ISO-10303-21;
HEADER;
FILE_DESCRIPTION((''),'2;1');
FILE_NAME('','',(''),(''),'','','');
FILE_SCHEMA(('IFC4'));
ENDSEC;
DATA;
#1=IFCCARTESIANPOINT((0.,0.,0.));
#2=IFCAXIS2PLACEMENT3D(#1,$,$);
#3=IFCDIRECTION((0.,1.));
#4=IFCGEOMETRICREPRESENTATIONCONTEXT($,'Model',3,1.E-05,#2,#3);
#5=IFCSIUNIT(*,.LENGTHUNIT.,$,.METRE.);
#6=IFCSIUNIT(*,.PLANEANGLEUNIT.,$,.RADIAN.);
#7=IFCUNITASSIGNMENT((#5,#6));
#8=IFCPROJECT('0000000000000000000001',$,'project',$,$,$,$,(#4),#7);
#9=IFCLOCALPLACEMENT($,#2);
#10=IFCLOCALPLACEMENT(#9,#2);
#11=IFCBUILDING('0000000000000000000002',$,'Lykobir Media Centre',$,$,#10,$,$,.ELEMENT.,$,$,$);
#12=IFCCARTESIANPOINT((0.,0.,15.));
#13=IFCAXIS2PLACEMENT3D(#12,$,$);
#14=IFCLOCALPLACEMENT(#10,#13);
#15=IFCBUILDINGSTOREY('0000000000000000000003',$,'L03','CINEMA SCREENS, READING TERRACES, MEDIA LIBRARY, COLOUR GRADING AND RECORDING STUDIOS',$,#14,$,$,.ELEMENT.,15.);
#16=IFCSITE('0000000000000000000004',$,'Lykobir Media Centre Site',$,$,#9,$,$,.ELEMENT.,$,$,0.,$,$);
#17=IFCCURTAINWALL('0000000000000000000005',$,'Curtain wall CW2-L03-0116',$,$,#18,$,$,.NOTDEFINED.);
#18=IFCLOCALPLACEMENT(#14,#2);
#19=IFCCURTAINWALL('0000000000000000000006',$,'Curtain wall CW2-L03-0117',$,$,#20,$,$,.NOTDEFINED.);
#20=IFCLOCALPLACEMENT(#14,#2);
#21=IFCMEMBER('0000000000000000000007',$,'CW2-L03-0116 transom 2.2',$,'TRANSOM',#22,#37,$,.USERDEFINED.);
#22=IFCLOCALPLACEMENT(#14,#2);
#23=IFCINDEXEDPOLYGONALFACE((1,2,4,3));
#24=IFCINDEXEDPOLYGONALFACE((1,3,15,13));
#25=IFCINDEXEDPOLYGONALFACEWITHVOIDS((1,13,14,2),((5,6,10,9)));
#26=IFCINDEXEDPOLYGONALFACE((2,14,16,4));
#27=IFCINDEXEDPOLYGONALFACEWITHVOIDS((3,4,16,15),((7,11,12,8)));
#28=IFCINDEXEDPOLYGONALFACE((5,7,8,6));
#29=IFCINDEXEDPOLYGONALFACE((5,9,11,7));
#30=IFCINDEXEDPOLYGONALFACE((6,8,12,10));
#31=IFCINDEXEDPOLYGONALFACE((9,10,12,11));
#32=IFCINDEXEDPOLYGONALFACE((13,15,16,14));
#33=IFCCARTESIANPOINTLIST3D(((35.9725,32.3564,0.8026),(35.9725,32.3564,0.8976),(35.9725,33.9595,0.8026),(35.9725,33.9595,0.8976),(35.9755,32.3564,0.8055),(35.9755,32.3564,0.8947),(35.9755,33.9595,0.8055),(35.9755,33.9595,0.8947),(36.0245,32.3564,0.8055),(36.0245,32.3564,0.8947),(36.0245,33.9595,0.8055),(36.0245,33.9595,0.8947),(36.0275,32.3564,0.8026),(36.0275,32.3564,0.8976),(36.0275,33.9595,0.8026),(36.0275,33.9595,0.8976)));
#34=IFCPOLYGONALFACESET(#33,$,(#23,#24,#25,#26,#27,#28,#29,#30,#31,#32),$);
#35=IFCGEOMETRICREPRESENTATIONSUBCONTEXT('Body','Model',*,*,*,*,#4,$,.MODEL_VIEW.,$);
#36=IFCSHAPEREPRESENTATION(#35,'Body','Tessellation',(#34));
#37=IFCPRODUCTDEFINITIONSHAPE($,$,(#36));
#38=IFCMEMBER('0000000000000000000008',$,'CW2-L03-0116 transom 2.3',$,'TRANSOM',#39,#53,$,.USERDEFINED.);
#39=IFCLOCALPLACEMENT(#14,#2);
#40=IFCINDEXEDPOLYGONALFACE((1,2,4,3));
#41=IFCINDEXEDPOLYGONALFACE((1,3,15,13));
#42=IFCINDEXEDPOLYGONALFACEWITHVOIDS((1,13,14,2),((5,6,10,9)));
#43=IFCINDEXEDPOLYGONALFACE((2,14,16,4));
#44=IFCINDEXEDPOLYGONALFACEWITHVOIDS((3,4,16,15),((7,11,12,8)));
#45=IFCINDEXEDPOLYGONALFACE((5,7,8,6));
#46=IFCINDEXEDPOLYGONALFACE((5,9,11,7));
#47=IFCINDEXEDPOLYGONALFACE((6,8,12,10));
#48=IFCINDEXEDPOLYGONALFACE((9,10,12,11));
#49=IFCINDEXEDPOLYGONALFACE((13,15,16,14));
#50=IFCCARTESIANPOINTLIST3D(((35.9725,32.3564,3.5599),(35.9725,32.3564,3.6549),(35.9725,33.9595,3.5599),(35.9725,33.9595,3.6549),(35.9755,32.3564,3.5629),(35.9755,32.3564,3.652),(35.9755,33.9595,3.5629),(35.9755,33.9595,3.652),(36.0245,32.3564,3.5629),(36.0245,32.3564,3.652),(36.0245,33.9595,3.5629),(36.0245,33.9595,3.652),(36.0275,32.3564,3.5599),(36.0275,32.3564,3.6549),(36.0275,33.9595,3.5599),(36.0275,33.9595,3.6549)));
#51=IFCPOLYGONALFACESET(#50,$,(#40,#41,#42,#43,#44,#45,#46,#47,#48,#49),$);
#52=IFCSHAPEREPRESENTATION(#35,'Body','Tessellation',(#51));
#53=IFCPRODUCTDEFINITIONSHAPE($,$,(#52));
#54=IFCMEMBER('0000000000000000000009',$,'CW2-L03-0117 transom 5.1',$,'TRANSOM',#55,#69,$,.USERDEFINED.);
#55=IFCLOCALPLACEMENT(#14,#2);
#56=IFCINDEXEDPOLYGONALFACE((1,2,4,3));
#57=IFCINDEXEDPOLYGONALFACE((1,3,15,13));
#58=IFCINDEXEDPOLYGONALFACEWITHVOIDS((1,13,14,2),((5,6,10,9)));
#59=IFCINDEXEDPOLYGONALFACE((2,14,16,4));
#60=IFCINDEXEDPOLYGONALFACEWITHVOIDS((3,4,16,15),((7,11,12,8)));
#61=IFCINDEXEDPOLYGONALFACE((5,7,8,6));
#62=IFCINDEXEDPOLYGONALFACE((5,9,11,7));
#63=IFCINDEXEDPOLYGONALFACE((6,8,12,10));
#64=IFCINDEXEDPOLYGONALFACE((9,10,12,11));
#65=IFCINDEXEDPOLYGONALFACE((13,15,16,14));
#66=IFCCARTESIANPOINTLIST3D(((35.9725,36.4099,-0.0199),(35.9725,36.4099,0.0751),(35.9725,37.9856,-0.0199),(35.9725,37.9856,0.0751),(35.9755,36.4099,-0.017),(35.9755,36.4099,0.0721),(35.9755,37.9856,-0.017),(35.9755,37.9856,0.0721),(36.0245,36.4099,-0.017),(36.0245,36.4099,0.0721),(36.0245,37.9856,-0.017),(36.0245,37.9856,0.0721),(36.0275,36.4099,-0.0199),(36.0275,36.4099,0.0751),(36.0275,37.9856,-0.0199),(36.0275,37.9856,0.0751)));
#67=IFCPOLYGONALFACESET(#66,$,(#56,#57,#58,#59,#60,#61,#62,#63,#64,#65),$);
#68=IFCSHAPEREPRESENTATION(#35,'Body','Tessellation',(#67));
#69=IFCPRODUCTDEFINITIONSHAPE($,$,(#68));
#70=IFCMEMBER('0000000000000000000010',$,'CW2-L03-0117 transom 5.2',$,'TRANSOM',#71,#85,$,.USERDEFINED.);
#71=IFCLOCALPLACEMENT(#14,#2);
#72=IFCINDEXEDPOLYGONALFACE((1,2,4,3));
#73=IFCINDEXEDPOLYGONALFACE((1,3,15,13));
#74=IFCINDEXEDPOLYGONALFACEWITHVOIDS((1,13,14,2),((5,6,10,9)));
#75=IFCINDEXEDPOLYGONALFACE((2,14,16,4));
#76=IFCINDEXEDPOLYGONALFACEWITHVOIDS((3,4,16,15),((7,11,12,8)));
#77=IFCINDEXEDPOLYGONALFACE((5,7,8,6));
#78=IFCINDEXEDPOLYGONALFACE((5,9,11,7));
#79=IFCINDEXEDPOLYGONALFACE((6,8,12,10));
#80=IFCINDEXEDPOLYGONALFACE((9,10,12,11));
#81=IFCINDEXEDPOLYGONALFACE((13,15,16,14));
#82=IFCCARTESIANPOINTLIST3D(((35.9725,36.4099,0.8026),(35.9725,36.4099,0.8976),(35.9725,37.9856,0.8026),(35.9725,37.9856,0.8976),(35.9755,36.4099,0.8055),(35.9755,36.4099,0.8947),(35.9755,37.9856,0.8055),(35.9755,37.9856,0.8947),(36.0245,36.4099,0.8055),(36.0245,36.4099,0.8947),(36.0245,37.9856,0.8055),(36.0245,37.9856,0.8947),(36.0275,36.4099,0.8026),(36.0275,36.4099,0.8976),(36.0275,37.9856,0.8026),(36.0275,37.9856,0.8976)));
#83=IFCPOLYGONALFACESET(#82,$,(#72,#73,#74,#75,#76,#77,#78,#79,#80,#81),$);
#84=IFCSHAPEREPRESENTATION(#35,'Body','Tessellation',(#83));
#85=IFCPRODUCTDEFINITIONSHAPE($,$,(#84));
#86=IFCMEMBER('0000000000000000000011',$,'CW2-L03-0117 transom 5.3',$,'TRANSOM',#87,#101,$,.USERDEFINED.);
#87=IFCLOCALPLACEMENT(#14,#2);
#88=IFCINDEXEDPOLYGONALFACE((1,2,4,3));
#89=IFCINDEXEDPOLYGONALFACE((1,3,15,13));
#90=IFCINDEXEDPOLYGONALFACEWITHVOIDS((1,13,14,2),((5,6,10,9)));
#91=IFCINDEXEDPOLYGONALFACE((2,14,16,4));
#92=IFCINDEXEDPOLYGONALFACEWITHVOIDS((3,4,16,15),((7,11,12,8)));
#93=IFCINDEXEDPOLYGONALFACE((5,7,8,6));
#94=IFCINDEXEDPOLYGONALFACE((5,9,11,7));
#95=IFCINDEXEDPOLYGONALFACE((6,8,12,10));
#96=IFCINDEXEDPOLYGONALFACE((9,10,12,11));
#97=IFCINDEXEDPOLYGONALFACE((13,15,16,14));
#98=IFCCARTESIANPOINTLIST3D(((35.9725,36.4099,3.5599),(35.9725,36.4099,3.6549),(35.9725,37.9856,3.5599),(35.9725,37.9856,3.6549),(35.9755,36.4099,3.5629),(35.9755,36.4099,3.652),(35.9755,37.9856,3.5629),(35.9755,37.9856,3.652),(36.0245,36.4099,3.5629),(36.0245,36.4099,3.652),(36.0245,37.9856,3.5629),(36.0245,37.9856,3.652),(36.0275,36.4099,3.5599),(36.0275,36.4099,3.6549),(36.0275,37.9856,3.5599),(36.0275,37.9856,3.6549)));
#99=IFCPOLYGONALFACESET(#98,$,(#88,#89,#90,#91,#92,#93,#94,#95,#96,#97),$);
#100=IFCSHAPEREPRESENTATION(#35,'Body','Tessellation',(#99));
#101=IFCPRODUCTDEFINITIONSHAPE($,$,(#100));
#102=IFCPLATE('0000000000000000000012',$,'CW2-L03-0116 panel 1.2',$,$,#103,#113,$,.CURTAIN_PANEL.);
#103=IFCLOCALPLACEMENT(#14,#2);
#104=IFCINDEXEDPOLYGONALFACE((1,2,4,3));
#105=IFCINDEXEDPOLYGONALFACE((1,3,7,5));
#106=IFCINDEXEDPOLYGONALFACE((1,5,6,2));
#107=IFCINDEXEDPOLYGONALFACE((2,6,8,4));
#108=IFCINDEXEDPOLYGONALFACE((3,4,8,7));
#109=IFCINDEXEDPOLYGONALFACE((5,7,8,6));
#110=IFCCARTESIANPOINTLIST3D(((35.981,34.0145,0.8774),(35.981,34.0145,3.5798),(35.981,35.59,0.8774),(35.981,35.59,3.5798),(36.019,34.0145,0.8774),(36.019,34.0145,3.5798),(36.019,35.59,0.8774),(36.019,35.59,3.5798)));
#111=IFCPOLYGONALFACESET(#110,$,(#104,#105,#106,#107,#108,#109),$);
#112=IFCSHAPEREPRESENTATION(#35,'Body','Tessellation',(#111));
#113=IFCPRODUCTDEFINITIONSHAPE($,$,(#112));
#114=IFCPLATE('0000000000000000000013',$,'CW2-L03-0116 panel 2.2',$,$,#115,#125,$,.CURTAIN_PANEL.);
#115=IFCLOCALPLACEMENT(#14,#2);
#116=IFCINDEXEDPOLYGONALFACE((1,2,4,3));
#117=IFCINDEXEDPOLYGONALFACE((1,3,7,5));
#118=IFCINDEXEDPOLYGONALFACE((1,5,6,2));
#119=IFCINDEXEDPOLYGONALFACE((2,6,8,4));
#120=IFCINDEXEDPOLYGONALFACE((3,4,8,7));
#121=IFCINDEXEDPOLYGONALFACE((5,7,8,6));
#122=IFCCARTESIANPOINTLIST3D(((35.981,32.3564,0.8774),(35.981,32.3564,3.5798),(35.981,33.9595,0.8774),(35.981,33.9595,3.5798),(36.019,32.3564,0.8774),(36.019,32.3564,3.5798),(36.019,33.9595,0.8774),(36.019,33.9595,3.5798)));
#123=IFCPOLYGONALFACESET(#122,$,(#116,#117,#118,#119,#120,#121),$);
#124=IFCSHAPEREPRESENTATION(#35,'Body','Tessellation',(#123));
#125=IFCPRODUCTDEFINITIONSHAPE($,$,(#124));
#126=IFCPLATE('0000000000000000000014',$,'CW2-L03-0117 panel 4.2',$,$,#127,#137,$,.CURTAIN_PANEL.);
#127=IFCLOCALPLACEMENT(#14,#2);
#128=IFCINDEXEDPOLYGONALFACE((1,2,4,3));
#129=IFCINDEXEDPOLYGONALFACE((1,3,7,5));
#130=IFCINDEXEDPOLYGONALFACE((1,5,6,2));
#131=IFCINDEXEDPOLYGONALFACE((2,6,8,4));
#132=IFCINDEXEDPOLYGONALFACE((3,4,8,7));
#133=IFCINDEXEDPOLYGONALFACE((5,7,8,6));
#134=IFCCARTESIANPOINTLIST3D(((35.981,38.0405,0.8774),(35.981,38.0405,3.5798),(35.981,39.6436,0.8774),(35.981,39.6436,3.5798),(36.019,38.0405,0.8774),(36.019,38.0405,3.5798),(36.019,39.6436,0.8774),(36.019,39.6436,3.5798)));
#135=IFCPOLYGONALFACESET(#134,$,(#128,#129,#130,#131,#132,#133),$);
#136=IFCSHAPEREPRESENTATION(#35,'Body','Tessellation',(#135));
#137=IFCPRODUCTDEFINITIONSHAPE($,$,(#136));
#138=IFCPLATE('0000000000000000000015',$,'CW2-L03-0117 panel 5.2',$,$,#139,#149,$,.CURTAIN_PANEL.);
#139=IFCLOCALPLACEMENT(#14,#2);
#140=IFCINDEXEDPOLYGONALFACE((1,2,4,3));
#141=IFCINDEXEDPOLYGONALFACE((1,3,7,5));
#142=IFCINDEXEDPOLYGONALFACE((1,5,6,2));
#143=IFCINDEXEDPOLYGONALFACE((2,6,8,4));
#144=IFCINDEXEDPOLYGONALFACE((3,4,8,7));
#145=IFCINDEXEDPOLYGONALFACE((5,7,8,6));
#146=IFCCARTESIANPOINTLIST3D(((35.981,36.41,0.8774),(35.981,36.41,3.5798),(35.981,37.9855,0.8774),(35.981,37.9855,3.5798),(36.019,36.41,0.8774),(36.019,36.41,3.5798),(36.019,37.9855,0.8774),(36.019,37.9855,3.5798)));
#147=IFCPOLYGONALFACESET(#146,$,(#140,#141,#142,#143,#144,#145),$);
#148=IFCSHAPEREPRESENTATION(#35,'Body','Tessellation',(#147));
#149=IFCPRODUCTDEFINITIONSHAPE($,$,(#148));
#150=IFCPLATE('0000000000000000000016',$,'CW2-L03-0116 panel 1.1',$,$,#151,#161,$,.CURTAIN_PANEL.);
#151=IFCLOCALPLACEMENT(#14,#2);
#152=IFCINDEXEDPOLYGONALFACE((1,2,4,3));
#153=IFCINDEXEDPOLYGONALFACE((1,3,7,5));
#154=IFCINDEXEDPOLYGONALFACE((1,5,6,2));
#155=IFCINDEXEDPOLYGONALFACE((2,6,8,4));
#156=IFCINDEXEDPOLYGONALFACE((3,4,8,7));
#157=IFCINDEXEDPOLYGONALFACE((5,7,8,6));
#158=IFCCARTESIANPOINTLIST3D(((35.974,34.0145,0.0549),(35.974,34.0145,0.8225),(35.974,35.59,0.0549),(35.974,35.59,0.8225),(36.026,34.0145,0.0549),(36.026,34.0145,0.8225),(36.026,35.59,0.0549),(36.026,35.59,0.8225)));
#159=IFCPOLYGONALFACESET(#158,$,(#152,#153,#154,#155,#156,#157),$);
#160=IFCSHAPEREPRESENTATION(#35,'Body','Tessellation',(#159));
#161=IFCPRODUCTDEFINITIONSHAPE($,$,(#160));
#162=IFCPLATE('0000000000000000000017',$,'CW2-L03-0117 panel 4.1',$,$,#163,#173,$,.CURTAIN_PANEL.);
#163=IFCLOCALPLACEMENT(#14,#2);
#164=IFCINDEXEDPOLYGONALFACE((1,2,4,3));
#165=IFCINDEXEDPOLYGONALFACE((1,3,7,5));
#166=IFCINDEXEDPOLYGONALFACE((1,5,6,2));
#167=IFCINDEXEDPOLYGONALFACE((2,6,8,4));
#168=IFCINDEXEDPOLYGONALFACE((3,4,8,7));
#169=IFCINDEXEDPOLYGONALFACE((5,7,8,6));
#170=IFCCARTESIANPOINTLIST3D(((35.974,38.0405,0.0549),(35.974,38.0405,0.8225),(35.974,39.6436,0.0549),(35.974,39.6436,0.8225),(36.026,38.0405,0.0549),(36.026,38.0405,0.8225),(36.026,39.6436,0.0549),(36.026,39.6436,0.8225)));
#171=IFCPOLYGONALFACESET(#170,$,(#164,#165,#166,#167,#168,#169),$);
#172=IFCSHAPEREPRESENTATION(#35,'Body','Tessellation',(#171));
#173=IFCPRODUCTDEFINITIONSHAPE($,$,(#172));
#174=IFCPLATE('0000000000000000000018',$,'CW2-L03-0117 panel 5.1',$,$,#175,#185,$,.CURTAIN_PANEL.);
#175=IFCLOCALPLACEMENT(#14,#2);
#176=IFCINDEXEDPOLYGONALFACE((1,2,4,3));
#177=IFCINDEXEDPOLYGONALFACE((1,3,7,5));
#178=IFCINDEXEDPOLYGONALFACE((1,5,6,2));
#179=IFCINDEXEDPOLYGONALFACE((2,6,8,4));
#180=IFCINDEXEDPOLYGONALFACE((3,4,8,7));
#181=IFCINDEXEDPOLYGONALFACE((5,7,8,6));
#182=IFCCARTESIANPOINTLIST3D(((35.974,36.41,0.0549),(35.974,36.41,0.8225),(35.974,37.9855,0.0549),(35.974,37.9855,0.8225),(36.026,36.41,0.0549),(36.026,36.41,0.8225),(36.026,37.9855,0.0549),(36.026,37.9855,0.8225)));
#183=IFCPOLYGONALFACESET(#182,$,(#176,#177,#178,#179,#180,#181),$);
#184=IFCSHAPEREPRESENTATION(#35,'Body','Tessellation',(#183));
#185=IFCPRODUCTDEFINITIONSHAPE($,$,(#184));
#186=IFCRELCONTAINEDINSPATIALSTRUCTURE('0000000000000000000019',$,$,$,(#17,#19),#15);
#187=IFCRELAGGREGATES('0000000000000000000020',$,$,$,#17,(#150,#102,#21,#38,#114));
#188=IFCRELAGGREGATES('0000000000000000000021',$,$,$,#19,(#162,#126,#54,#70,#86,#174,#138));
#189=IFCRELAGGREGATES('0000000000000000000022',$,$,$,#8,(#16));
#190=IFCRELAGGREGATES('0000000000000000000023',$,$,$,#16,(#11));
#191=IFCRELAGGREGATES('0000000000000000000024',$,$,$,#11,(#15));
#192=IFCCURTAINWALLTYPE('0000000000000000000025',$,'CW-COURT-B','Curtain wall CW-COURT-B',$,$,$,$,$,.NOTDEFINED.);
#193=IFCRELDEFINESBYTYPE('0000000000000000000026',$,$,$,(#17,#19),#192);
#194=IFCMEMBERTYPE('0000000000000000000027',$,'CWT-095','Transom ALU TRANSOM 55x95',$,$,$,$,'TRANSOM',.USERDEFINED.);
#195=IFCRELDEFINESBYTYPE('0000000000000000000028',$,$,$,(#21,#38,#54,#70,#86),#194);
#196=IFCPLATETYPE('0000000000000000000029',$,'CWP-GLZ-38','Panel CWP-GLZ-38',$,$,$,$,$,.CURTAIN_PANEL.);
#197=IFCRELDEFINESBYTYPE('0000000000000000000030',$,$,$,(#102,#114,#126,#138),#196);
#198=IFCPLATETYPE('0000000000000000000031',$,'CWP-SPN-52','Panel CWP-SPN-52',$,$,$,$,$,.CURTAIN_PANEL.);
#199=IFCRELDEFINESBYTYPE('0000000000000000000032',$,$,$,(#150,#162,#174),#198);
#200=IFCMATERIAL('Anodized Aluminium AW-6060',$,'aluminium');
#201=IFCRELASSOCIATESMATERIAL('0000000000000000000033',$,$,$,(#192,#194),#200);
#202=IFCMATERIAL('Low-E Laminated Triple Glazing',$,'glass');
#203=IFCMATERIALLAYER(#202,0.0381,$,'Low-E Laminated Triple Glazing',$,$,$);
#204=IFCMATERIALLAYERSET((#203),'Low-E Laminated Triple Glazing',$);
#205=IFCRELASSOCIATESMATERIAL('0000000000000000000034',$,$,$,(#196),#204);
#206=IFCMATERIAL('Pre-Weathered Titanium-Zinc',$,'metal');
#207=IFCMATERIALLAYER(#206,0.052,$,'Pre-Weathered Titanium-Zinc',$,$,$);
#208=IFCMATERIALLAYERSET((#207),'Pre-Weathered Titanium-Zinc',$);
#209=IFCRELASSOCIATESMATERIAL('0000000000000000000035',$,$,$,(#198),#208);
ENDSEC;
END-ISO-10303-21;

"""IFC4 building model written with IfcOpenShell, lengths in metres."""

from ifc_helpers import new_model, si_unit, direction, frame, origin, origin_2d, place, context, subcontext, project, spatial, rectangle, hollow_rectangle, extrude, material, layer, layer_set, material_profile, profile_set, type_object, element, aggregate, save


model = new_model("IFC4")

# Units and contexts
model_context = context("Model", 3, precision=1e-05, world=origin(), true_north=direction((0.0, 1.0)))
body_context = subcontext(model_context, "Body", "Model", "MODEL_VIEW")
ifc_project = project(units=[si_unit("LENGTHUNIT", "METRE"), si_unit("PLANEANGLEUNIT", "RADIAN")], contexts=[model_context])

# Site, building, storey
site_placement = place(None, origin())
site = spatial("IfcSite", under=ifc_project, at=site_placement, Name="Lykobir Media Centre Site", CompositionType="ELEMENT", RefElevation=0.0)
building_placement = place(site_placement, origin())
building = spatial("IfcBuilding", under=site, at=building_placement, Name="Lykobir Media Centre", CompositionType="ELEMENT")
storey_placement = place(building_placement, frame((0.0, 0.0, 15.0)))
storey = spatial("IfcBuildingStorey", under=building, at=storey_placement, Name="L03", Description="CINEMA SCREENS, READING TERRACES, MEDIA LIBRARY, COLOUR GRADING AND RECORDING STUDIOS", CompositionType="ELEMENT", Elevation=15.0)

# Curtain walls
ifc_material_1 = material(Name="Anodized Aluminium AW-6060", Category="aluminium")
curtain_wall_type = type_object("IfcCurtainWallType", Name="CW-COURT-B", Description="Curtain wall CW-COURT-B", PredefinedType="NOTDEFINED", material=ifc_material_1)
curtain_wall_1_placement = place(storey_placement, origin())
curtain_wall_1 = element("IfcCurtainWall", 1, at=curtain_wall_1_placement, inside=storey, type_object=curtain_wall_type, Name="Curtain wall CW2-L03-0116", PredefinedType="NOTDEFINED")
curtain_wall_2_placement = place(storey_placement, origin())
curtain_wall_2 = element("IfcCurtainWall", 2, at=curtain_wall_2_placement, inside=storey, type_object=curtain_wall_type, Name="Curtain wall CW2-L03-0117", PredefinedType="NOTDEFINED")

# Members
ifc_material_profile_1 = material_profile(ifc_material_1, hollow_rectangle(XDim=0.0549, YDim=0.095, WallThickness=0.0029, at=origin_2d()), Name="ALU TRANSOM 55x95")
ifc_profile_set_1 = profile_set([ifc_material_profile_1], Name="Anodized Aluminium AW-6060")
member_type_1 = type_object("IfcMemberType", Name="CWT-095", Description="Transom ALU TRANSOM 55x95", ElementType="TRANSOM", PredefinedType="USERDEFINED", material=ifc_profile_set_1)
member_1_placement = place(storey_placement, frame((36.0, 33.9595, 0.8501), z_axis=(0.0, -1.0, 0.0), x_axis=(1.0, 0.0, 0.0)))
member_1 = element("IfcMember", 3, at=member_1_placement, type_object=member_type_1, Name="CW2-L03-0116 transom 2.2", ObjectType="TRANSOM", PredefinedType="USERDEFINED", context=body_context, shape_type="SweptSolid", body=[
    extrude(hollow_rectangle(XDim=0.0549, YDim=0.095, WallThickness=0.0029, at=origin_2d()), origin(), (0.0, 0.0, 1.0), 1.603),
])
member_2_placement = place(storey_placement, frame((36.0, 33.9595, 3.6074), z_axis=(0.0, -1.0, 0.0), x_axis=(1.0, 0.0, 0.0)))
member_2 = element("IfcMember", 4, at=member_2_placement, type_object=member_type_1, Name="CW2-L03-0116 transom 2.3", ObjectType="TRANSOM", PredefinedType="USERDEFINED", context=body_context, shape_type="SweptSolid", body=[
    extrude(hollow_rectangle(XDim=0.0549, YDim=0.095, WallThickness=0.0029, at=origin_2d()), origin(), (0.0, 0.0, 1.0), 1.603),
])
member_3_placement = place(storey_placement, frame((36.0, 37.9856, 0.0276), z_axis=(0.0, -1.0, 0.0), x_axis=(1.0, 0.0, 0.0)))
member_3 = element("IfcMember", 5, at=member_3_placement, type_object=member_type_1, Name="CW2-L03-0117 transom 5.1", ObjectType="TRANSOM", PredefinedType="USERDEFINED", context=body_context, shape_type="SweptSolid", body=[
    extrude(hollow_rectangle(XDim=0.0549, YDim=0.095, WallThickness=0.0029, at=origin_2d()), origin(), (0.0, 0.0, 1.0), 1.5757),
])
member_4_placement = place(storey_placement, frame((36.0, 37.9856, 0.8501), z_axis=(0.0, -1.0, 0.0), x_axis=(1.0, 0.0, 0.0)))
member_4 = element("IfcMember", 6, at=member_4_placement, type_object=member_type_1, Name="CW2-L03-0117 transom 5.2", ObjectType="TRANSOM", PredefinedType="USERDEFINED", context=body_context, shape_type="SweptSolid", body=[
    extrude(hollow_rectangle(XDim=0.0549, YDim=0.095, WallThickness=0.0029, at=origin_2d()), origin(), (0.0, 0.0, 1.0), 1.5757),
])
member_5_placement = place(storey_placement, frame((36.0, 37.9856, 3.6074), z_axis=(0.0, -1.0, 0.0), x_axis=(1.0, 0.0, 0.0)))
member_5 = element("IfcMember", 7, at=member_5_placement, type_object=member_type_1, Name="CW2-L03-0117 transom 5.3", ObjectType="TRANSOM", PredefinedType="USERDEFINED", context=body_context, shape_type="SweptSolid", body=[
    extrude(hollow_rectangle(XDim=0.0549, YDim=0.095, WallThickness=0.0029, at=origin_2d()), origin(), (0.0, 0.0, 1.0), 1.5757),
])

# Plates
ifc_material_2 = material(Name="Low-E Laminated Triple Glazing", Category="glass")
ifc_layer_1 = layer(ifc_material_2, 0.0381, Name="Low-E Laminated Triple Glazing")
ifc_layer_set_1 = layer_set([ifc_layer_1], Name="Low-E Laminated Triple Glazing")
plate_type_1 = type_object("IfcPlateType", Name="CWP-GLZ-38", Description="Panel CWP-GLZ-38", PredefinedType="CURTAIN_PANEL", material=ifc_layer_set_1)
plate_1_placement = place(storey_placement, frame((36.0, 34.8022, 0.8774), z_axis=(0.0, 0.0, 1.0), x_axis=(0.0, -1.0, 0.0)))
plate_1 = element("IfcPlate", 8, at=plate_1_placement, type_object=plate_type_1, Name="CW2-L03-0116 panel 1.2", PredefinedType="CURTAIN_PANEL", context=body_context, shape_type="SweptSolid", body=[
    extrude(rectangle(XDim=1.5754, YDim=0.0381, at=origin_2d()), origin(), (0.0, 0.0, 1.0), 2.7024),
])
plate_2_placement = place(storey_placement, frame((36.0, 33.158, 0.8774), z_axis=(0.0, 0.0, 1.0), x_axis=(0.0, -1.0, 0.0)))
plate_2 = element("IfcPlate", 9, at=plate_2_placement, type_object=plate_type_1, Name="CW2-L03-0116 panel 2.2", PredefinedType="CURTAIN_PANEL", context=body_context, shape_type="SweptSolid", body=[
    extrude(rectangle(XDim=1.603, YDim=0.0381, at=origin_2d()), origin(), (0.0, 0.0, 1.0), 2.7024),
])
plate_3_placement = place(storey_placement, frame((36.0, 38.842, 0.8774), z_axis=(0.0, 0.0, 1.0), x_axis=(0.0, -1.0, 0.0)))
plate_3 = element("IfcPlate", 10, at=plate_3_placement, type_object=plate_type_1, Name="CW2-L03-0117 panel 4.2", PredefinedType="CURTAIN_PANEL", context=body_context, shape_type="SweptSolid", body=[
    extrude(rectangle(XDim=1.603, YDim=0.0381, at=origin_2d()), origin(), (0.0, 0.0, 1.0), 2.7024),
])
plate_4_placement = place(storey_placement, frame((36.0, 37.1978, 0.8774), z_axis=(0.0, 0.0, 1.0), x_axis=(0.0, -1.0, 0.0)))
plate_4 = element("IfcPlate", 11, at=plate_4_placement, type_object=plate_type_1, Name="CW2-L03-0117 panel 5.2", PredefinedType="CURTAIN_PANEL", context=body_context, shape_type="SweptSolid", body=[
    extrude(rectangle(XDim=1.5754, YDim=0.0381, at=origin_2d()), origin(), (0.0, 0.0, 1.0), 2.7024),
])
ifc_material_3 = material(Name="Pre-Weathered Titanium-Zinc", Category="metal")
ifc_layer_2 = layer(ifc_material_3, 0.052, Name="Pre-Weathered Titanium-Zinc")
ifc_layer_set_2 = layer_set([ifc_layer_2], Name="Pre-Weathered Titanium-Zinc")
plate_type_2 = type_object("IfcPlateType", Name="CWP-SPN-52", Description="Panel CWP-SPN-52", PredefinedType="CURTAIN_PANEL", material=ifc_layer_set_2)
plate_5_placement = place(storey_placement, frame((36.0, 34.8022, 0.0549), z_axis=(0.0, 0.0, 1.0), x_axis=(0.0, -1.0, 0.0)))
plate_5 = element("IfcPlate", 12, at=plate_5_placement, type_object=plate_type_2, Name="CW2-L03-0116 panel 1.1", PredefinedType="CURTAIN_PANEL", context=body_context, shape_type="SweptSolid", body=[
    extrude(rectangle(XDim=1.5754, YDim=0.052, at=origin_2d()), origin(), (0.0, 0.0, 1.0), 0.7676),
])
aggregate(curtain_wall_1, [plate_5, plate_1, member_1, member_2, plate_2])
plate_6_placement = place(storey_placement, frame((36.0, 38.842, 0.0549), z_axis=(0.0, 0.0, 1.0), x_axis=(0.0, -1.0, 0.0)))
plate_6 = element("IfcPlate", 13, at=plate_6_placement, type_object=plate_type_2, Name="CW2-L03-0117 panel 4.1", PredefinedType="CURTAIN_PANEL", context=body_context, shape_type="SweptSolid", body=[
    extrude(rectangle(XDim=1.603, YDim=0.052, at=origin_2d()), origin(), (0.0, 0.0, 1.0), 0.7676),
])
plate_7_placement = place(storey_placement, frame((36.0, 37.1978, 0.0549), z_axis=(0.0, 0.0, 1.0), x_axis=(0.0, -1.0, 0.0)))
plate_7 = element("IfcPlate", 14, at=plate_7_placement, type_object=plate_type_2, Name="CW2-L03-0117 panel 5.1", PredefinedType="CURTAIN_PANEL", context=body_context, shape_type="SweptSolid", body=[
    extrude(rectangle(XDim=1.5754, YDim=0.052, at=origin_2d()), origin(), (0.0, 0.0, 1.0), 0.7676),
])
aggregate(curtain_wall_2, [plate_6, plate_3, member_3, member_4, member_5, plate_7, plate_4])

save(model, "model.ifc")
